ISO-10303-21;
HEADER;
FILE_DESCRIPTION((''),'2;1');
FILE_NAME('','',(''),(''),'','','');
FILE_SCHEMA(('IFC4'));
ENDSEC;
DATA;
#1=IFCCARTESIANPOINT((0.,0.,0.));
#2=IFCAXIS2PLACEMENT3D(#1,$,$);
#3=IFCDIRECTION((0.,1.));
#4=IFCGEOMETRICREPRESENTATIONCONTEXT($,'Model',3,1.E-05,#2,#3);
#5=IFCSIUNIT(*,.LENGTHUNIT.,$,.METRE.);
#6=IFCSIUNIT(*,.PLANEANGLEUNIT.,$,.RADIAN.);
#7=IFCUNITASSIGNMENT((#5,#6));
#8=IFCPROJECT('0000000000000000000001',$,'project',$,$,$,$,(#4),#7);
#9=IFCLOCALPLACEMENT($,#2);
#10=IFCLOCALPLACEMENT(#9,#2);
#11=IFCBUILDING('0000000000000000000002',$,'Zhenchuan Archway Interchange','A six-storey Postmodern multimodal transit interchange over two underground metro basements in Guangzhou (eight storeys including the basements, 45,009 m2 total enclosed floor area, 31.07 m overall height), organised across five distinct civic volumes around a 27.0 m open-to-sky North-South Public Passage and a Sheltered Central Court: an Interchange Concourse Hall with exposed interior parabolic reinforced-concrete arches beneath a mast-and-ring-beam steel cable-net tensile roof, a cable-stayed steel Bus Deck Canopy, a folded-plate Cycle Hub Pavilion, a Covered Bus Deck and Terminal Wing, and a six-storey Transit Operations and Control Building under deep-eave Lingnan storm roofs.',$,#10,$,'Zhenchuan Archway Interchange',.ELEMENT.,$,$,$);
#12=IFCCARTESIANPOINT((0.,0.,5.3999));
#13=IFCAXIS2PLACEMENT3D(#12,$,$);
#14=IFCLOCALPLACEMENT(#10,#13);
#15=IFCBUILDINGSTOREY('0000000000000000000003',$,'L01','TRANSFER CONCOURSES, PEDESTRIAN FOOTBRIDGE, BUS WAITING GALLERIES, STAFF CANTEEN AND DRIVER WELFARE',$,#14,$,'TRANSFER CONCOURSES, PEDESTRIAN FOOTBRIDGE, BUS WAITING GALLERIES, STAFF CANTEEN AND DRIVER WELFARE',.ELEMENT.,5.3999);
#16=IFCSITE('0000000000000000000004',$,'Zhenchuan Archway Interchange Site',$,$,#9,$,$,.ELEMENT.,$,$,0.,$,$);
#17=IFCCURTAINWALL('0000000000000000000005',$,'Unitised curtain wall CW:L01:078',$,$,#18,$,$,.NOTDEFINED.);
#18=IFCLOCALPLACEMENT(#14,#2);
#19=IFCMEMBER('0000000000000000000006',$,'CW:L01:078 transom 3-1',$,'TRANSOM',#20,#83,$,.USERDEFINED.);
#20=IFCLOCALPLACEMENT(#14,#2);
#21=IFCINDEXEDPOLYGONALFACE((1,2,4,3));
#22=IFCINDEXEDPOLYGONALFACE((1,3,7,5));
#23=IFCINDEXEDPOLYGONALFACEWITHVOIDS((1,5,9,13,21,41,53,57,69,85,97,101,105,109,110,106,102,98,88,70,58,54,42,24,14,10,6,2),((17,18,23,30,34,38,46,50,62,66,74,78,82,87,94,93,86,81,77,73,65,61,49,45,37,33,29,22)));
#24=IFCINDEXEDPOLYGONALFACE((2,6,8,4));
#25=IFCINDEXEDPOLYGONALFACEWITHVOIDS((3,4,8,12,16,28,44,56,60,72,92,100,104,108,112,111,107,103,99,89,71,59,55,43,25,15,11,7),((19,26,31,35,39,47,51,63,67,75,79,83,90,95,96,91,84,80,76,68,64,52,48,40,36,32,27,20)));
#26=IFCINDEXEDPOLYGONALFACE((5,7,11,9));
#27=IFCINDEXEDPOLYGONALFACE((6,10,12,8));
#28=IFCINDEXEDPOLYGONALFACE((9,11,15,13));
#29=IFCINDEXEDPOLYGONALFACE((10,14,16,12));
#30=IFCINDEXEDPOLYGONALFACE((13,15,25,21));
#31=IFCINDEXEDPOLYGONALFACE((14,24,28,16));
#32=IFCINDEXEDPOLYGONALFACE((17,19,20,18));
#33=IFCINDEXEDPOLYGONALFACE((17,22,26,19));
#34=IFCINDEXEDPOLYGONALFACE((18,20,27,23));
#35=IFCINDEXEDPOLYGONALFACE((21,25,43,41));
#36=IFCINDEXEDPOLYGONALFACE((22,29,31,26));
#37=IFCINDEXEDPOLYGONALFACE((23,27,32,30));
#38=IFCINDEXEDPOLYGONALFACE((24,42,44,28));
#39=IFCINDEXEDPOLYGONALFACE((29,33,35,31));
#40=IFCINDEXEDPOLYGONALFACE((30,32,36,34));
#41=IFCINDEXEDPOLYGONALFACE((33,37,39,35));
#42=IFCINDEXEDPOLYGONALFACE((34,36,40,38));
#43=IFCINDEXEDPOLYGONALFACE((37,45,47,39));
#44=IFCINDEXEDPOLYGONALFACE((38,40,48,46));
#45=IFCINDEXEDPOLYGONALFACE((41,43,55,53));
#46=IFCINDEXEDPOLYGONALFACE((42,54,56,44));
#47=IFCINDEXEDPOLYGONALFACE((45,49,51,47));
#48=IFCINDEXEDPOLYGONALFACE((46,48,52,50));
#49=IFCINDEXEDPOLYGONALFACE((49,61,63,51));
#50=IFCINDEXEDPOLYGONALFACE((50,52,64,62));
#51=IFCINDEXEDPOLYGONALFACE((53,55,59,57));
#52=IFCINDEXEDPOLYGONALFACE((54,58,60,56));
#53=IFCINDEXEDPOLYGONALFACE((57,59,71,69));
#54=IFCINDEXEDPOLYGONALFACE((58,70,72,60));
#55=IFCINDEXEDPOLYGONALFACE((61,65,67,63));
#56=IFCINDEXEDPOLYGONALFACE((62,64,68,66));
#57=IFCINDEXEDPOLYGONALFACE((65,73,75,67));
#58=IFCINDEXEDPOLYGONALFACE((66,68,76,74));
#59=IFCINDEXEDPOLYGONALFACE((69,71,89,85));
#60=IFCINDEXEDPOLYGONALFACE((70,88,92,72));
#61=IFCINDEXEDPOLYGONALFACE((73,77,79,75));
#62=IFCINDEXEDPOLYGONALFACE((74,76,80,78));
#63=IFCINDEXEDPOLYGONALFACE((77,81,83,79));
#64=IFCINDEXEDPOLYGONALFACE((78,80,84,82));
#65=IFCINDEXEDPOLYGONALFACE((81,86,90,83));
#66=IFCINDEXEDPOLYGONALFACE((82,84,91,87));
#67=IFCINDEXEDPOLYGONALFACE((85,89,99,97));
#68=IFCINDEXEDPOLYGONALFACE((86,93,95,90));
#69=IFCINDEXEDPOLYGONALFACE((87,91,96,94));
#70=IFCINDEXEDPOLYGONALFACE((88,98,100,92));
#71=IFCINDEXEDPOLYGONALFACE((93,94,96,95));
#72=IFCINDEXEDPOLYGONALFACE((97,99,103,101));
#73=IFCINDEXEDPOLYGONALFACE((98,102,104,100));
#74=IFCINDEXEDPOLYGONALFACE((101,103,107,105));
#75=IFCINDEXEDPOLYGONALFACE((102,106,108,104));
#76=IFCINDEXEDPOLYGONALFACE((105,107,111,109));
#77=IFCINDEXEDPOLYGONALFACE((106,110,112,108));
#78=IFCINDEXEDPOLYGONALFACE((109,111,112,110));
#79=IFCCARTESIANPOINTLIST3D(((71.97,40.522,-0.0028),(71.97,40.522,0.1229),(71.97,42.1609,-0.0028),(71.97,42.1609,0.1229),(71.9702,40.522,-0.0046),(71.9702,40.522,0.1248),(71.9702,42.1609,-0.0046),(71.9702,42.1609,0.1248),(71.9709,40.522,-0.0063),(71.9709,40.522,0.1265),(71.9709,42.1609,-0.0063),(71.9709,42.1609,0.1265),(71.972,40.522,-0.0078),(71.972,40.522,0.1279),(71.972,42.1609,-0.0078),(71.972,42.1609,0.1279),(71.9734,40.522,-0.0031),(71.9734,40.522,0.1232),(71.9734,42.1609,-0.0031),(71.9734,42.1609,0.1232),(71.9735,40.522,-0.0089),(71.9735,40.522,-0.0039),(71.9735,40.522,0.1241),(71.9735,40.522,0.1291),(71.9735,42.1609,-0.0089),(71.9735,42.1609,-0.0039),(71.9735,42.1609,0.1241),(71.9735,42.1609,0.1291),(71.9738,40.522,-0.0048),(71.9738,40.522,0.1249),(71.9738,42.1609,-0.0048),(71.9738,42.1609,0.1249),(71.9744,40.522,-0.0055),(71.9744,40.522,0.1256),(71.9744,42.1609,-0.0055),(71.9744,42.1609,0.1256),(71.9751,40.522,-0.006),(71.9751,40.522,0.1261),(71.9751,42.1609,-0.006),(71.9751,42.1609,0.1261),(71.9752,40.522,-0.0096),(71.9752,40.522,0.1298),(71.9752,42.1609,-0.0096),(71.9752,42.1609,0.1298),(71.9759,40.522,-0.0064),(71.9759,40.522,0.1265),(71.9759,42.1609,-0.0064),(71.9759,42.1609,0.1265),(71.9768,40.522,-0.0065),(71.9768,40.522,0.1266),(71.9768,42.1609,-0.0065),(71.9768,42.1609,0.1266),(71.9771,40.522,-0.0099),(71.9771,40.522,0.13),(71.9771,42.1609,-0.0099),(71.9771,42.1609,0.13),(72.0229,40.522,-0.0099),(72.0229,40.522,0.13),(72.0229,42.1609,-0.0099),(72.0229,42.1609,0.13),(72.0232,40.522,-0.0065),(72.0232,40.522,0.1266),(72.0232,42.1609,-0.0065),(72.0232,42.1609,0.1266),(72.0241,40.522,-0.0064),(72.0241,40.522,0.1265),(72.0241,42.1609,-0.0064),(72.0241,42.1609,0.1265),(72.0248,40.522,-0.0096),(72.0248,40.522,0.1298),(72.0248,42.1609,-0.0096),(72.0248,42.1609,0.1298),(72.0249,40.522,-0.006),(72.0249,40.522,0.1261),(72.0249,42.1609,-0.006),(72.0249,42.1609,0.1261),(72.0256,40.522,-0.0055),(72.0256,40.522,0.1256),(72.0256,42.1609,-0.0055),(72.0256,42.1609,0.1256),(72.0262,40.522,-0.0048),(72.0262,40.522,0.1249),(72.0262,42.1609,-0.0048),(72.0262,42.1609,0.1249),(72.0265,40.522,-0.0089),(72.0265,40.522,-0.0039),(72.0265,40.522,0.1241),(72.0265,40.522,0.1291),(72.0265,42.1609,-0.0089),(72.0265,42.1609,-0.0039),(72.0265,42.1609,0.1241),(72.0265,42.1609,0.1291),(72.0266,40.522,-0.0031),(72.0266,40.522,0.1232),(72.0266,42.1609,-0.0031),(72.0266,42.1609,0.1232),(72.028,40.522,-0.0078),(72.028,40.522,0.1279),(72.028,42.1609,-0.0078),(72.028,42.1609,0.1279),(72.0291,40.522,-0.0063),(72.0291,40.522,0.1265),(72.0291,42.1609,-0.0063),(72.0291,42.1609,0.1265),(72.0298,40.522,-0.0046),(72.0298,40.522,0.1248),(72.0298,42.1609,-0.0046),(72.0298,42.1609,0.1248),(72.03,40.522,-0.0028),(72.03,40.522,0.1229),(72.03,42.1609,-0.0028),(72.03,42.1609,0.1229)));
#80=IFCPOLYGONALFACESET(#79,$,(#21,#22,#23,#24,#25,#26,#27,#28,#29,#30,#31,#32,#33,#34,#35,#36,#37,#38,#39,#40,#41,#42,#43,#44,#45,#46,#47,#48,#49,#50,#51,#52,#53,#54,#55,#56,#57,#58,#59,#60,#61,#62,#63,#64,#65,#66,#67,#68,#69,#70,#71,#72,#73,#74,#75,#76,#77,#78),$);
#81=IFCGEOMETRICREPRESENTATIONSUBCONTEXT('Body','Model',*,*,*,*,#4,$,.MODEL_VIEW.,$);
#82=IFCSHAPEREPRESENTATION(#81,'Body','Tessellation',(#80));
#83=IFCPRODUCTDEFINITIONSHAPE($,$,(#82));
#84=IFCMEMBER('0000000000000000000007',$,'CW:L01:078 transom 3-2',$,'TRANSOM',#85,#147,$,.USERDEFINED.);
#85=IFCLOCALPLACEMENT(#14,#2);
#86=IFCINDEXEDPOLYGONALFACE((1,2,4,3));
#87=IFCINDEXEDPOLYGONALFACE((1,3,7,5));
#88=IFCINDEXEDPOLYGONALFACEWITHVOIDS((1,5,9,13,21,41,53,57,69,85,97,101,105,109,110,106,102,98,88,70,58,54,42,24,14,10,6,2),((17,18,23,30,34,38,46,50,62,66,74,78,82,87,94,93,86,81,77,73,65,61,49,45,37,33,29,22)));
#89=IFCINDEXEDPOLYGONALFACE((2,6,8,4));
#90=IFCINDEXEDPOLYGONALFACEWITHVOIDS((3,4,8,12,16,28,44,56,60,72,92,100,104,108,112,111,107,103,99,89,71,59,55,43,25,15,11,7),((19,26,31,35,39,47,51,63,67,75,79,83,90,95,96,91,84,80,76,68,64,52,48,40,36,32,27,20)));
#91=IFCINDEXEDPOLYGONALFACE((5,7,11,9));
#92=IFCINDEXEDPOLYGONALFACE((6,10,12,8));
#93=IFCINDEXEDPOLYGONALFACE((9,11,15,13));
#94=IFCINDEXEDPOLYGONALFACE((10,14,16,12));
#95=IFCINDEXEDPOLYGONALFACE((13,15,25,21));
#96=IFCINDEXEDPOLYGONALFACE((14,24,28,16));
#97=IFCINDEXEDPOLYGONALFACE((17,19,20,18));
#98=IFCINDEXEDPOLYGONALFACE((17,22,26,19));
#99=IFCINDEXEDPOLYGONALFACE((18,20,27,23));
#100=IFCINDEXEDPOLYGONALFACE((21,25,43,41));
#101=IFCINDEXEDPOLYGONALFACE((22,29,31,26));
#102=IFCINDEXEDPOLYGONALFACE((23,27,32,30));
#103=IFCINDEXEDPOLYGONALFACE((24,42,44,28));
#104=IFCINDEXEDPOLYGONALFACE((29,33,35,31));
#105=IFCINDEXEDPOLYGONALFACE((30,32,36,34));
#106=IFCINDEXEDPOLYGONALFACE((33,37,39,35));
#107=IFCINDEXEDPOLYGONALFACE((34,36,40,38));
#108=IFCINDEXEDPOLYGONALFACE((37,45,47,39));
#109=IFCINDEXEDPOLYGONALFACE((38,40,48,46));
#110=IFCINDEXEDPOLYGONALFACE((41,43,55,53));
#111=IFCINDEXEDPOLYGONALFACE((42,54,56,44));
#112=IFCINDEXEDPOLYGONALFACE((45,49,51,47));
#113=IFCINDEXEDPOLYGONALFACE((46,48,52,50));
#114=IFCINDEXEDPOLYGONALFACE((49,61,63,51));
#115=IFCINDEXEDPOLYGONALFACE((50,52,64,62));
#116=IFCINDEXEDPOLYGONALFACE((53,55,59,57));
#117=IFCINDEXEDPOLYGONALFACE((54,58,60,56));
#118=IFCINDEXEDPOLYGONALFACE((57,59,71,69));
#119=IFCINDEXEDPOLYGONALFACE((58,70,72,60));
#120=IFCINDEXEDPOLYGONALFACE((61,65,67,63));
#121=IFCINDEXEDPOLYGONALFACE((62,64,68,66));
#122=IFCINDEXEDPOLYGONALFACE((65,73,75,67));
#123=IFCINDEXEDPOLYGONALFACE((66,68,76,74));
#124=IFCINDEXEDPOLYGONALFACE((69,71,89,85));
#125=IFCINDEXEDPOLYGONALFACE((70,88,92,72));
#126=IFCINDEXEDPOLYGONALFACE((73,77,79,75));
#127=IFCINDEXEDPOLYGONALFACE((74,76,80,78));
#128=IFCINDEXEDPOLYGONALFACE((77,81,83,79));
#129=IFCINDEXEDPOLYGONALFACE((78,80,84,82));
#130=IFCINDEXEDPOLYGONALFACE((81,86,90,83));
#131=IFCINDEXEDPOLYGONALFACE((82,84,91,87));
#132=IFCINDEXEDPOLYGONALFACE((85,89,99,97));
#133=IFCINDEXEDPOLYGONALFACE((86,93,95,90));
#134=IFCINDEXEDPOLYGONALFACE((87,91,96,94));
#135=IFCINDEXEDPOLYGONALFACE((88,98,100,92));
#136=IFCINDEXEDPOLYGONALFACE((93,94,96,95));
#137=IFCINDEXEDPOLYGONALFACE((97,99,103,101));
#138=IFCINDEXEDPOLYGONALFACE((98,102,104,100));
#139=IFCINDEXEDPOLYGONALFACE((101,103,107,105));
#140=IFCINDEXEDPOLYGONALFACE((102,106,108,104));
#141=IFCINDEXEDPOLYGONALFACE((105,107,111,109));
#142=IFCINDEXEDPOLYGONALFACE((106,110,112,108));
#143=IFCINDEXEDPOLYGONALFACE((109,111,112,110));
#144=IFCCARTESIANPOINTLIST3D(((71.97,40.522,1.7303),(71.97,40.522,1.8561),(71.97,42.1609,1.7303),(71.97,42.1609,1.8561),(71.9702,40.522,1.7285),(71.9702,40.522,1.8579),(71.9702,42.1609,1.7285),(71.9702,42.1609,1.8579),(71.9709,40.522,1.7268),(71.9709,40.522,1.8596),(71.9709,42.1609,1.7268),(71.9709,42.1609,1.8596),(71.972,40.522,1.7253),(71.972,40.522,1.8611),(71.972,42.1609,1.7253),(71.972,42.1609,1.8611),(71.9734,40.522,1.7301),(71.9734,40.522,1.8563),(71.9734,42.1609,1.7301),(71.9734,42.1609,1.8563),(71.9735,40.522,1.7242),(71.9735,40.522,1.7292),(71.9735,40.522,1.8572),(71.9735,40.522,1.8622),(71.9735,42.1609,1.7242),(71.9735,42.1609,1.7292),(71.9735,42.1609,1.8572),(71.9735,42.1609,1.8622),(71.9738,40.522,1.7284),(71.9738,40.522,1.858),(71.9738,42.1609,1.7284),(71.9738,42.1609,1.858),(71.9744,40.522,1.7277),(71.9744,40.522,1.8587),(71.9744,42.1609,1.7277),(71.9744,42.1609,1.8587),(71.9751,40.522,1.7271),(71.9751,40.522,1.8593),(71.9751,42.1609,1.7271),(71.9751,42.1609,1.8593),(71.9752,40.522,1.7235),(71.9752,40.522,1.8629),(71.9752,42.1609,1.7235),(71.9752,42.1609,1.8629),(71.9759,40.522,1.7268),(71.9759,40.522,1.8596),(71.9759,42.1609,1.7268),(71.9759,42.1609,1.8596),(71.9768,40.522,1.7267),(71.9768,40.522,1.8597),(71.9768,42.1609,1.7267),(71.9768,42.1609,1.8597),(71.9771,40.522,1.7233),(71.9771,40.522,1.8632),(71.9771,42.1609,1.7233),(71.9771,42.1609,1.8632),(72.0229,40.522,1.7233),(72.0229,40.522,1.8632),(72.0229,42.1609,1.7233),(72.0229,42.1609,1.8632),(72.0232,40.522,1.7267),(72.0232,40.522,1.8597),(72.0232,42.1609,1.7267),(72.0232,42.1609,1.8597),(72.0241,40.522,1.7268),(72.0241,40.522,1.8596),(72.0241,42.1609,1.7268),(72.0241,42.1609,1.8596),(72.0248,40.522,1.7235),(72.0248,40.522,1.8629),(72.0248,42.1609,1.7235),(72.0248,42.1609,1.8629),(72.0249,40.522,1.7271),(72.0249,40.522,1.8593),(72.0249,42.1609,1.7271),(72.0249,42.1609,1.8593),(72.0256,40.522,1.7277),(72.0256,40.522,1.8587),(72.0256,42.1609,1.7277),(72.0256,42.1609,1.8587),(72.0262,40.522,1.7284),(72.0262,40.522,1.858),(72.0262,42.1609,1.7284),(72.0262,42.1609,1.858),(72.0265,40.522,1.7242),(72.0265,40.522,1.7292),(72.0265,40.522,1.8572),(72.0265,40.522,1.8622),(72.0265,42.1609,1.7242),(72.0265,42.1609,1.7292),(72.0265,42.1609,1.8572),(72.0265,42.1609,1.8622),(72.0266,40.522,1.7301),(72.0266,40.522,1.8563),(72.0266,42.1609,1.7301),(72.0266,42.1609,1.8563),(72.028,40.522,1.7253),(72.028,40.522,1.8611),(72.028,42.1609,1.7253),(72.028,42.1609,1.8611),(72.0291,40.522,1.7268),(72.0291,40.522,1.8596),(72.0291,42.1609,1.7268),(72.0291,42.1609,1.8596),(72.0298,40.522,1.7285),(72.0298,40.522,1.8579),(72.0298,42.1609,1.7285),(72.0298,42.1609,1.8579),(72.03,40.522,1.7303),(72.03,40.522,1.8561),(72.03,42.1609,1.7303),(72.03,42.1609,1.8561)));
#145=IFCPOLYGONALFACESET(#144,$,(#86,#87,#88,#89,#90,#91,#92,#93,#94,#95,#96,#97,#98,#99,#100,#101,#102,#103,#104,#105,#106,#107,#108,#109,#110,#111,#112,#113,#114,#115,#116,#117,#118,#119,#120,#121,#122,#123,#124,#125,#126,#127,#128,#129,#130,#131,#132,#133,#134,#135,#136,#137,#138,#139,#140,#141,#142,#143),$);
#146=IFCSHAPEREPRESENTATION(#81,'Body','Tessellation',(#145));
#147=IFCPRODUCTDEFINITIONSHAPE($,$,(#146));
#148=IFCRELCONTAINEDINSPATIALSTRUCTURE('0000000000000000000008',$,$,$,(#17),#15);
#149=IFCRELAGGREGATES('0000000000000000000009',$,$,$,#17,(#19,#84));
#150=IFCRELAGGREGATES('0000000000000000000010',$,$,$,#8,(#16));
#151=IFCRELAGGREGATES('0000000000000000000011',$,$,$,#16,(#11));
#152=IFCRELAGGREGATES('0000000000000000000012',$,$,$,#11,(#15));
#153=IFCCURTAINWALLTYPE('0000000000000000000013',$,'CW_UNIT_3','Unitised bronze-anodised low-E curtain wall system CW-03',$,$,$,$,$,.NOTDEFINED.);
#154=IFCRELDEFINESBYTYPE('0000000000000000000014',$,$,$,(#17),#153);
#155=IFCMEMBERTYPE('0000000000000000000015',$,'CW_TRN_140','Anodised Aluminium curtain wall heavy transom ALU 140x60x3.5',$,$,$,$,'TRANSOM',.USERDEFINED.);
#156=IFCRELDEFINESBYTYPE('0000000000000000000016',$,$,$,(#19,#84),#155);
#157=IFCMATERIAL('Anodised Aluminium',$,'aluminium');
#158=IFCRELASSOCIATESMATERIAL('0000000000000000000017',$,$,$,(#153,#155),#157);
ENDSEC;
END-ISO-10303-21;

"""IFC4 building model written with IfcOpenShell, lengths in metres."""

from ifc_helpers import new_model, si_unit, direction, frame, origin, origin_2d, place, context, subcontext, project, spatial, hollow_rectangle, extrude, material, material_profile, profile_set, type_object, element, aggregate, save


model = new_model("IFC4")

# Units and contexts
model_context = context("Model", 3, precision=1e-05, world=origin(), true_north=direction((0.0, 1.0)))
body_context = subcontext(model_context, "Body", "Model", "MODEL_VIEW")
ifc_project = project(units=[si_unit("LENGTHUNIT", "METRE"), si_unit("PLANEANGLEUNIT", "RADIAN")], contexts=[model_context])

# Site, building, storey
site_placement = place(None, origin())
site = spatial("IfcSite", under=ifc_project, at=site_placement, Name="Zhenchuan Archway Interchange Site", CompositionType="ELEMENT", RefElevation=0.0)
building_placement = place(site_placement, origin())
building = spatial("IfcBuilding", under=site, at=building_placement, Name="Zhenchuan Archway Interchange", Description="A six-storey Postmodern multimodal transit interchange over two underground metro basements in Guangzhou (eight storeys including the basements, 45,009 m2 total enclosed floor area, 31.07 m overall height), organised across five distinct civic volumes around a 27.0 m open-to-sky North-South Public Passage and a Sheltered Central Court: an Interchange Concourse Hall with exposed interior parabolic reinforced-concrete arches beneath a mast-and-ring-beam steel cable-net tensile roof, a cable-stayed steel Bus Deck Canopy, a folded-plate Cycle Hub Pavilion, a Covered Bus Deck and Terminal Wing, and a six-storey Transit Operations and Control Building under deep-eave Lingnan storm roofs.", LongName="Zhenchuan Archway Interchange", CompositionType="ELEMENT")
storey_placement = place(building_placement, frame((0.0, 0.0, 5.3999)))
storey = spatial("IfcBuildingStorey", under=building, at=storey_placement, Name="L01", Description="TRANSFER CONCOURSES, PEDESTRIAN FOOTBRIDGE, BUS WAITING GALLERIES, STAFF CANTEEN AND DRIVER WELFARE", LongName="TRANSFER CONCOURSES, PEDESTRIAN FOOTBRIDGE, BUS WAITING GALLERIES, STAFF CANTEEN AND DRIVER WELFARE", CompositionType="ELEMENT", Elevation=5.3999)

# Curtain wall, members
ifc_material_1 = material(Name="Anodised Aluminium", Category="aluminium")
curtain_wall_type = type_object("IfcCurtainWallType", Name="CW_UNIT_3", Description="Unitised bronze-anodised low-E curtain wall system CW-03", PredefinedType="NOTDEFINED", material=ifc_material_1)
curtain_wall_placement = place(storey_placement, origin())
curtain_wall = element("IfcCurtainWall", 1, at=curtain_wall_placement, inside=storey, type_object=curtain_wall_type, Name="Unitised curtain wall CW:L01:078", PredefinedType="NOTDEFINED")
ifc_material_profile_1 = material_profile(ifc_material_1, hollow_rectangle(XDim=0.0601, YDim=0.1399, WallThickness=0.0034, InnerFilletRadius=0.0034, OuterFilletRadius=0.0071, at=origin_2d()), Name="ALU 140x60x3.5")
ifc_profile_set_1 = profile_set([ifc_material_profile_1], Name="Anodised Aluminium")
member_type_1 = type_object("IfcMemberType", Name="CW_TRN_140", Description="Anodised Aluminium curtain wall heavy transom ALU 140x60x3.5", ElementType="TRANSOM", PredefinedType="USERDEFINED", material=ifc_profile_set_1)
member_1_placement = place(storey_placement, frame((72.0, 42.1609, 0.0601), z_axis=(0.0, -1.0, 0.0), x_axis=(1.0, 0.0, 0.0)))
member_1 = element("IfcMember", 2, at=member_1_placement, type_object=member_type_1, Name="CW:L01:078 transom 3-1", ObjectType="TRANSOM", PredefinedType="USERDEFINED", context=body_context, shape_type="SweptSolid", body=[
    extrude(hollow_rectangle(XDim=0.0601, YDim=0.1399, WallThickness=0.0034, InnerFilletRadius=0.0034, OuterFilletRadius=0.0071, at=origin_2d()), origin(), (0.0, 0.0, 1.0), 1.6389),
])
member_2_placement = place(storey_placement, frame((72.0, 42.1609, 1.7932), z_axis=(0.0, -1.0, 0.0), x_axis=(1.0, 0.0, 0.0)))
member_2 = element("IfcMember", 3, at=member_2_placement, type_object=member_type_1, Name="CW:L01:078 transom 3-2", ObjectType="TRANSOM", PredefinedType="USERDEFINED", context=body_context, shape_type="SweptSolid", body=[
    extrude(hollow_rectangle(XDim=0.0601, YDim=0.1399, WallThickness=0.0034, InnerFilletRadius=0.0034, OuterFilletRadius=0.0071, at=origin_2d()), origin(), (0.0, 0.0, 1.0), 1.6389),
])

aggregate(curtain_wall, [member_1, member_2])

save(model, "model.ifc")
